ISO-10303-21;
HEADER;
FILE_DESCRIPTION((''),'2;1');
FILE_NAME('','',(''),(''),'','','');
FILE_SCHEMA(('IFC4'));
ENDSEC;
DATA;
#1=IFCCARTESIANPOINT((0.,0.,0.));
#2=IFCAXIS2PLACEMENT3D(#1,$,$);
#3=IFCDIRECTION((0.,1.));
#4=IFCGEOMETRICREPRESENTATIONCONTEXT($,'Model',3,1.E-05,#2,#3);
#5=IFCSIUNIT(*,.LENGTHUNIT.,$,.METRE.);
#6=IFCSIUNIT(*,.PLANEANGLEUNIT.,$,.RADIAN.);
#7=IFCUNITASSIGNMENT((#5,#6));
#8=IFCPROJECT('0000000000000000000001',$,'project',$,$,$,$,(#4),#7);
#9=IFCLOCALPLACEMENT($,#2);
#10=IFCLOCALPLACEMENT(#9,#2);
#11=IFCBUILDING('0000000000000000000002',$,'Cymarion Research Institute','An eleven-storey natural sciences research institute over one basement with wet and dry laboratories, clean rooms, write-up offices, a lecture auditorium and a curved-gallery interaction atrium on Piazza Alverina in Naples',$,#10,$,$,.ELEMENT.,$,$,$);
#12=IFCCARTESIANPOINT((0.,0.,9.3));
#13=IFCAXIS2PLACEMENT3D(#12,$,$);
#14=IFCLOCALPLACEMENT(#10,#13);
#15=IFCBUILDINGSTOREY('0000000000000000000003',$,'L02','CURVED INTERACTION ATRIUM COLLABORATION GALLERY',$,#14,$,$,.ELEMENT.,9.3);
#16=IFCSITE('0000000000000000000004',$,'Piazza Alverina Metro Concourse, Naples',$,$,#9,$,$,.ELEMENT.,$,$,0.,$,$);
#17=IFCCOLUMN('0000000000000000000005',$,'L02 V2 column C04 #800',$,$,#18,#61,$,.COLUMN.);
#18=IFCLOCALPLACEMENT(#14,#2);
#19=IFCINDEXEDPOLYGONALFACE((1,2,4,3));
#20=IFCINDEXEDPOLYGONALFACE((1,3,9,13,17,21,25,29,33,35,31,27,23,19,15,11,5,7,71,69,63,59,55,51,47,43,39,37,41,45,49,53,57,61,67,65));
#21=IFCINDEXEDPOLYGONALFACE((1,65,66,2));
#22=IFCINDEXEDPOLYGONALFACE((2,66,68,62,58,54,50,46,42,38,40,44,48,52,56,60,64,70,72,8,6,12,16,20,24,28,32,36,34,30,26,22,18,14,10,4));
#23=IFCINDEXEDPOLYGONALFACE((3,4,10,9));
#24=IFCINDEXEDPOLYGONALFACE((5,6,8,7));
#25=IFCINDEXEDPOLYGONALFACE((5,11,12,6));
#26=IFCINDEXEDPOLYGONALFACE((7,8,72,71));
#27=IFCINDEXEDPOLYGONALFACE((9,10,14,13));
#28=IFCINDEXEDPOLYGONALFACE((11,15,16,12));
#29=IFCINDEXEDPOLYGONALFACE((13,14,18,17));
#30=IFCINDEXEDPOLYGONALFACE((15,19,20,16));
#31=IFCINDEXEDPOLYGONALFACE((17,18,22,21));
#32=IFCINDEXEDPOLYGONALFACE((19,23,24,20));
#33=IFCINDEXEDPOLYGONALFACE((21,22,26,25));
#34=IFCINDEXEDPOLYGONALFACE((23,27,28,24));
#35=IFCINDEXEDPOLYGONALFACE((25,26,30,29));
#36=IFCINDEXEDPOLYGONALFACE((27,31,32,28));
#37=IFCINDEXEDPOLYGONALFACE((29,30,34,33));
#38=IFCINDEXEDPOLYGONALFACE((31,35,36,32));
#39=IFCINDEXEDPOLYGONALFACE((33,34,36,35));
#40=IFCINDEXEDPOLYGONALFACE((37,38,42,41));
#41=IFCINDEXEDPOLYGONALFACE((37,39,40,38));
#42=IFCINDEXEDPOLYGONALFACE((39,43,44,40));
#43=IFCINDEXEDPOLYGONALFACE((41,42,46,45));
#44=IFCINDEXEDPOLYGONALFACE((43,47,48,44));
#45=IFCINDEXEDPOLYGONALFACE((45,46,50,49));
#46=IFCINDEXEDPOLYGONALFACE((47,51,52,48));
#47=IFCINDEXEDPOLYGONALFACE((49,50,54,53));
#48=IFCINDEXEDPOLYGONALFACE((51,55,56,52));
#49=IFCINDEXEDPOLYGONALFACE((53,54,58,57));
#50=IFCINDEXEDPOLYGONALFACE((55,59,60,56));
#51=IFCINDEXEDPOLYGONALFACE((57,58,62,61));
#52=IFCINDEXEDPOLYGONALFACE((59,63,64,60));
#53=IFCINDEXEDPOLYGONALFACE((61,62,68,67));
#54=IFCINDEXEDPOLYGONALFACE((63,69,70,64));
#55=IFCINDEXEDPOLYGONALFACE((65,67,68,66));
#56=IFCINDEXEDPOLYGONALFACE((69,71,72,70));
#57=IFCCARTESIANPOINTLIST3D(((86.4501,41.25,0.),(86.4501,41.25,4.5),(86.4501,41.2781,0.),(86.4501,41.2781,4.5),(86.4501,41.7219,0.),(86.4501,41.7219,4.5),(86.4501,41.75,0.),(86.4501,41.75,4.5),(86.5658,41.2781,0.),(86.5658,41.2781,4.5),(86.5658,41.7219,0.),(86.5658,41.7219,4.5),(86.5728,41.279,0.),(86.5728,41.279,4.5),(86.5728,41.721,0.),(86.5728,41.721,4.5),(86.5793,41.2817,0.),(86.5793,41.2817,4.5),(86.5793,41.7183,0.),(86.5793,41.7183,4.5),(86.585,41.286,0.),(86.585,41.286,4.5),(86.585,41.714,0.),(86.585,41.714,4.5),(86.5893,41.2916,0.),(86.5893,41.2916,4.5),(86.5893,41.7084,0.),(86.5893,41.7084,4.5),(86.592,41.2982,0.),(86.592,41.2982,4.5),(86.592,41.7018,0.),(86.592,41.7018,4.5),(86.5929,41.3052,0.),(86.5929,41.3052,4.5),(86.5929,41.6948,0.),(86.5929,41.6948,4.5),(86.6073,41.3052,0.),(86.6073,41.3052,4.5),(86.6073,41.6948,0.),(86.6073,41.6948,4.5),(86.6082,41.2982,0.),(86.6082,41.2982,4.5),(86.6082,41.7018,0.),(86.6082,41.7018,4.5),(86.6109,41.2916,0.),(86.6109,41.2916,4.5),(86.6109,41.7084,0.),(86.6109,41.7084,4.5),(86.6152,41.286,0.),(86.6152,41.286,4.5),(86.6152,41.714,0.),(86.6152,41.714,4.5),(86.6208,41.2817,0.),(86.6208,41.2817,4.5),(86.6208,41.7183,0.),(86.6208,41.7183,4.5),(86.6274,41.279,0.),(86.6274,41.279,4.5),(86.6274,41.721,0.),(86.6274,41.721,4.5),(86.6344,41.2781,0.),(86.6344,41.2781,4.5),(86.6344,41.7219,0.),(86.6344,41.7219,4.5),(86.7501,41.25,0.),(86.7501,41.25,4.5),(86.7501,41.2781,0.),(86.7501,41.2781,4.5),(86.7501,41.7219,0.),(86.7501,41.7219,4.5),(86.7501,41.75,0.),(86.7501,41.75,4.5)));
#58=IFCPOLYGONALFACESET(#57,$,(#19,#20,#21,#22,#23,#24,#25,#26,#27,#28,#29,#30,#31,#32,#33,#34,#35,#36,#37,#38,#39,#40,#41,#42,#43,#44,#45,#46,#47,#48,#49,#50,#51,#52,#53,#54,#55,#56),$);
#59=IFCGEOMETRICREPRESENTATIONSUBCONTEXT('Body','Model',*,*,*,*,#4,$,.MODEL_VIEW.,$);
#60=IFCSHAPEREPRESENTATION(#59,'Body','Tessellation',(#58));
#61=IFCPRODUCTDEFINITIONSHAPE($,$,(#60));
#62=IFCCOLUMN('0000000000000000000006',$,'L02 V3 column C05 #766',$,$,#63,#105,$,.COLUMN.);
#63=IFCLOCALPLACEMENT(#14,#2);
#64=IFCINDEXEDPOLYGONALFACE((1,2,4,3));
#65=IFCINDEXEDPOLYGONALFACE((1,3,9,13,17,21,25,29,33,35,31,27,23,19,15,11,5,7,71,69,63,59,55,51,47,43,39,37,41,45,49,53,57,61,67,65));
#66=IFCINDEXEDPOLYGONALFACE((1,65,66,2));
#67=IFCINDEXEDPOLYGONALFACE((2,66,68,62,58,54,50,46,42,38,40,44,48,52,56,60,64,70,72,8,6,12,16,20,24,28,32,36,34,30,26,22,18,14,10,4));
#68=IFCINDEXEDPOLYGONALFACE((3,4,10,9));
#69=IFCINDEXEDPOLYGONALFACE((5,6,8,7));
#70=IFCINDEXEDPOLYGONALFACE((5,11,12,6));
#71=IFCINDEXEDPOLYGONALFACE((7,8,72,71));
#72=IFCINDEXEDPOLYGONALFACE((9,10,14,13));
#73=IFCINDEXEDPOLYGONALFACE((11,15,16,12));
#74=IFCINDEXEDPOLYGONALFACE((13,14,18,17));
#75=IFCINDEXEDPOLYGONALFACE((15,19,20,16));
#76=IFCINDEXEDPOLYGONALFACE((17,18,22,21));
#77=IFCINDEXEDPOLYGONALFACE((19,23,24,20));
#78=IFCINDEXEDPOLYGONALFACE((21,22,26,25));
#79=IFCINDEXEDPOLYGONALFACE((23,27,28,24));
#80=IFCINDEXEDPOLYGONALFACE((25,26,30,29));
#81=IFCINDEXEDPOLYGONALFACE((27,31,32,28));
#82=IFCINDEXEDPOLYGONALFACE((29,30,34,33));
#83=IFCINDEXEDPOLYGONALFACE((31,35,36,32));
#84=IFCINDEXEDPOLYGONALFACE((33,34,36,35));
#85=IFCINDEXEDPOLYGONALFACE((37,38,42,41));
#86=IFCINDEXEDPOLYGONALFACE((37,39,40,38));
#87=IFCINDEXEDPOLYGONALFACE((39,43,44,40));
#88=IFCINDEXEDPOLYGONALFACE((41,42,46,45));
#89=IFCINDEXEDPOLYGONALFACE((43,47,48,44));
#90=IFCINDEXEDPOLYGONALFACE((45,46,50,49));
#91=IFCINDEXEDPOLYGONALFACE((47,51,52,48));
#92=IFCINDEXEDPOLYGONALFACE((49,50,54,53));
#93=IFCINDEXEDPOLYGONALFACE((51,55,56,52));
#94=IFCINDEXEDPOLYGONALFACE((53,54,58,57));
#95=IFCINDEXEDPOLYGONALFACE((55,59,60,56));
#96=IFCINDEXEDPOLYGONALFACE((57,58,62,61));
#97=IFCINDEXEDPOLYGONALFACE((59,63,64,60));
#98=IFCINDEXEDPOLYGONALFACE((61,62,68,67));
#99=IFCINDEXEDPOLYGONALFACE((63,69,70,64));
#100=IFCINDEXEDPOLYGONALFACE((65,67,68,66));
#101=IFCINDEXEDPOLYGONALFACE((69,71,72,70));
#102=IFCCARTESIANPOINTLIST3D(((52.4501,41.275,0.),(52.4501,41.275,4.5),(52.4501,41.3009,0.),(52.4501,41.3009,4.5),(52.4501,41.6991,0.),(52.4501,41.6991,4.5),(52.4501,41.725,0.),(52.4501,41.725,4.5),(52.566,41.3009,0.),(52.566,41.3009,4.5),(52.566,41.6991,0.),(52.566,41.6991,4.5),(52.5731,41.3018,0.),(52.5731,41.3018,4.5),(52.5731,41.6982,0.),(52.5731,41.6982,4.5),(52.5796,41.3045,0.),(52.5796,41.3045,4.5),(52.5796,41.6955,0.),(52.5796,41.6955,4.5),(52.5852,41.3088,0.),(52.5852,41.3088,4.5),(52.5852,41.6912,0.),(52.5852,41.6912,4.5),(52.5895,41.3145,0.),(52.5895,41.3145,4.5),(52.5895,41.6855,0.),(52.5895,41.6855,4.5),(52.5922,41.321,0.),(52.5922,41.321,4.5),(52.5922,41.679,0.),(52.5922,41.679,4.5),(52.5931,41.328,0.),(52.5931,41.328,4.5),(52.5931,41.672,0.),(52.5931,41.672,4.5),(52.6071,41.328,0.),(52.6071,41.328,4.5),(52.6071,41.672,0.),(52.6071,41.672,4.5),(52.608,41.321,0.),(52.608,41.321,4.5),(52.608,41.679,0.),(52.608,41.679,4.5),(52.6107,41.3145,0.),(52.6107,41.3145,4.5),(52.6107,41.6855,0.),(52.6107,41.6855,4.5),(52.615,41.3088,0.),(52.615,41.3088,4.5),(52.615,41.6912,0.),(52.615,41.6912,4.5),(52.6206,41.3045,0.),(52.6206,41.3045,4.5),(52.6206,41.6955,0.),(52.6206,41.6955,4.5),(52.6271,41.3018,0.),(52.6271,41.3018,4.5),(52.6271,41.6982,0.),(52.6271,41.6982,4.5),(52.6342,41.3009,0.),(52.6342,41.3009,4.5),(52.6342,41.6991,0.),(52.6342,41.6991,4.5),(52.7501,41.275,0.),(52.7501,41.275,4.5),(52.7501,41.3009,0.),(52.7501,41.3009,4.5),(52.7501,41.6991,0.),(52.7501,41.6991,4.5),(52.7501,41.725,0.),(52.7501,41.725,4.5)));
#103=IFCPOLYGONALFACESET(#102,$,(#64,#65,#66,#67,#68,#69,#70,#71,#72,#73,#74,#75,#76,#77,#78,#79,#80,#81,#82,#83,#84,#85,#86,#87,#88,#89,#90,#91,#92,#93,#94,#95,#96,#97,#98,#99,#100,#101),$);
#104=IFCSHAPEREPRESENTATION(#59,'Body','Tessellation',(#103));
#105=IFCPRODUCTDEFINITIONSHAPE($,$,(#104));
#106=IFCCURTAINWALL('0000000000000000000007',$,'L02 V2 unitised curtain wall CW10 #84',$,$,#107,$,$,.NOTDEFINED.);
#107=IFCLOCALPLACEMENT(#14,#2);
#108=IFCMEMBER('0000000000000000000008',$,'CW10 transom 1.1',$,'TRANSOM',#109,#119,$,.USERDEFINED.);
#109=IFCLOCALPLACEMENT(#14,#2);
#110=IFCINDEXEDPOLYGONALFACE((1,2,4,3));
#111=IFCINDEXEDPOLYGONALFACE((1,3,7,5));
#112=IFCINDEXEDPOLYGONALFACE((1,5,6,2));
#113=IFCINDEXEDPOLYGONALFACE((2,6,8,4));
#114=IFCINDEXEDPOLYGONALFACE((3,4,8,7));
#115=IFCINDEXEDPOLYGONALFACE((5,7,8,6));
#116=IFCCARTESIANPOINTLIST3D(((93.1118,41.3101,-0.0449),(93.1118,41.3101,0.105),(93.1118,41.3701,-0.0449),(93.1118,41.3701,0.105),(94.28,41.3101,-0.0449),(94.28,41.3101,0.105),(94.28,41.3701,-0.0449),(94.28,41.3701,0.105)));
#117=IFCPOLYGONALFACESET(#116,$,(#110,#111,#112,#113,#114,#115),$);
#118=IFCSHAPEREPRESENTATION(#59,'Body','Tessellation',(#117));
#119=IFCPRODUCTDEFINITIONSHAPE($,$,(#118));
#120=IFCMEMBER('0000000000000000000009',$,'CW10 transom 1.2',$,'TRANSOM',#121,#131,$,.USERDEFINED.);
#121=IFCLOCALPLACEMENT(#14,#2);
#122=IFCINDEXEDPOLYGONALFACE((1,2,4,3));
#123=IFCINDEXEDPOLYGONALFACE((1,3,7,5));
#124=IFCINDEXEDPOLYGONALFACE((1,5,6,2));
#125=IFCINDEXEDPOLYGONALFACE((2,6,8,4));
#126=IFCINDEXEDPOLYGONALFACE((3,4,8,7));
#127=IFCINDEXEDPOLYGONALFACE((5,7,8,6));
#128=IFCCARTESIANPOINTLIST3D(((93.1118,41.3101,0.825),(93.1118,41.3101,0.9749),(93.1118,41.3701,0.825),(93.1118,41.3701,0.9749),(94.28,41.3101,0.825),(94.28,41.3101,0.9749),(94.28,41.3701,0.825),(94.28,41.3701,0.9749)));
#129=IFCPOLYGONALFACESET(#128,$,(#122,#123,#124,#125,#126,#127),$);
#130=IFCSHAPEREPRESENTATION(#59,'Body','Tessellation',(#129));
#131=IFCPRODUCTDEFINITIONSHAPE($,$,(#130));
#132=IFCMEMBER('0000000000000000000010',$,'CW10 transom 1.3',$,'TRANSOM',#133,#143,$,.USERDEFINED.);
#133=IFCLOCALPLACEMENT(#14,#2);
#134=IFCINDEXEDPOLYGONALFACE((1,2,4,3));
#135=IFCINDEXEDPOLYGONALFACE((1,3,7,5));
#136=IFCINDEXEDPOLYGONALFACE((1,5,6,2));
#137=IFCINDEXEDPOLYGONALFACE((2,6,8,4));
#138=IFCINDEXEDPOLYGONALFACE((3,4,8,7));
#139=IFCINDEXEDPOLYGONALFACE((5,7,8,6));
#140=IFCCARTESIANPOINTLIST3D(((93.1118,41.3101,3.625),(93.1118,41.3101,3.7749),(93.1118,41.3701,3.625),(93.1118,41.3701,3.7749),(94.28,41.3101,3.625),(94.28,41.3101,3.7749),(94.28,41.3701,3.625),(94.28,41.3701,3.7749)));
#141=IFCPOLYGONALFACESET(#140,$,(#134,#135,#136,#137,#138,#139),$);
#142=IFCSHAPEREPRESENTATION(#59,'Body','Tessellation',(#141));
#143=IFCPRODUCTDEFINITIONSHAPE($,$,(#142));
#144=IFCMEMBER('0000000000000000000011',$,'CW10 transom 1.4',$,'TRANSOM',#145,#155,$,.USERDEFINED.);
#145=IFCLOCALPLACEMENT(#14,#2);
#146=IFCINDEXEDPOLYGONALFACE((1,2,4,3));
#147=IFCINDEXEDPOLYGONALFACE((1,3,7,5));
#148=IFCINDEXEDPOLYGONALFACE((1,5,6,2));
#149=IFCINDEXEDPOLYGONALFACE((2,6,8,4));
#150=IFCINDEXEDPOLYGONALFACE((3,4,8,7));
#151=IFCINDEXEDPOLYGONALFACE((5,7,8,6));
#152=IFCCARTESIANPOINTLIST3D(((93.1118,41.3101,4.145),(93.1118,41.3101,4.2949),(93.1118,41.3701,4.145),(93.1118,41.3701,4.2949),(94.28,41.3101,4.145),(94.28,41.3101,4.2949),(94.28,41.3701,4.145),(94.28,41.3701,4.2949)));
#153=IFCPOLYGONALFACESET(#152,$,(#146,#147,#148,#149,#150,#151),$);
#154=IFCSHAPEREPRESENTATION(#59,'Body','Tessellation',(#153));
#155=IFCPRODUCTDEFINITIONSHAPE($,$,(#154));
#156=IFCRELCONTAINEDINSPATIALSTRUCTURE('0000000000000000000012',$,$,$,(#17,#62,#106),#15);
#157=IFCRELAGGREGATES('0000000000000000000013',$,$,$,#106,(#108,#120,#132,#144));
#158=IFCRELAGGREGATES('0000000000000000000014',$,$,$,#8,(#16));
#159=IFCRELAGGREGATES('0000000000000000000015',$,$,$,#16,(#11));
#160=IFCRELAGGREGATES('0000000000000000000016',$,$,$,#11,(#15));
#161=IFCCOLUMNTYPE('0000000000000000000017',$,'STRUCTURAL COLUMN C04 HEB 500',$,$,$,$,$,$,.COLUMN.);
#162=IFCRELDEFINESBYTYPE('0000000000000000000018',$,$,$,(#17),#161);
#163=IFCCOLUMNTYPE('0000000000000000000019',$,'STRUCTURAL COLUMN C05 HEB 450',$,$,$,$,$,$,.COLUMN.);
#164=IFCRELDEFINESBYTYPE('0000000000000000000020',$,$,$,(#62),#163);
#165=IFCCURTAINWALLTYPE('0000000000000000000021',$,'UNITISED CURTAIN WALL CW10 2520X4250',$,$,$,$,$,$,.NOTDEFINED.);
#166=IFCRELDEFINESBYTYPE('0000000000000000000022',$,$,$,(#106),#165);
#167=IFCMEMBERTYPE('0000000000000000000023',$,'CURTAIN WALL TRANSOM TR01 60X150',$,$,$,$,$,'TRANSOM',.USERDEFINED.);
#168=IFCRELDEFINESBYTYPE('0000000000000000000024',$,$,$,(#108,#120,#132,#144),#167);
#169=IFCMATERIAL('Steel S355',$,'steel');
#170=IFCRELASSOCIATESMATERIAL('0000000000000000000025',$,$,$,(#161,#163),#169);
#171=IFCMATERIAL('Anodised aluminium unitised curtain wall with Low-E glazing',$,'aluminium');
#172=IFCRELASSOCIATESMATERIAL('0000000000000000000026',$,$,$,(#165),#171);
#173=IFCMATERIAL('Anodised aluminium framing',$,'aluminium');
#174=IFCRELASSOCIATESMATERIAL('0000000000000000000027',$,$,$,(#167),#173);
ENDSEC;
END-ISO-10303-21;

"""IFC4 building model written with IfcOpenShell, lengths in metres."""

from ifc_helpers import new_model, si_unit, direction, frame, origin, origin_2d, place, context, subcontext, project, spatial, rectangle, i_section, extrude, material, material_profile, profile_set, type_object, element, aggregate, save


model = new_model("IFC4")

# Units and contexts
model_context = context("Model", 3, precision=1e-05, world=origin(), true_north=direction((0.0, 1.0)))
body_context = subcontext(model_context, "Body", "Model", "MODEL_VIEW")
ifc_project = project(units=[si_unit("LENGTHUNIT", "METRE"), si_unit("PLANEANGLEUNIT", "RADIAN")], contexts=[model_context])

# Site, building, storey
site_placement = place(None, origin())
site = spatial("IfcSite", under=ifc_project, at=site_placement, Name="Piazza Alverina Metro Concourse, Naples", CompositionType="ELEMENT", RefElevation=0.0)
building_placement = place(site_placement, origin())
building = spatial("IfcBuilding", under=site, at=building_placement, Name="Cymarion Research Institute", Description="An eleven-storey natural sciences research institute over one basement with wet and dry laboratories, clean rooms, write-up offices, a lecture auditorium and a curved-gallery interaction atrium on Piazza Alverina in Naples", CompositionType="ELEMENT")
storey_placement = place(building_placement, frame((0.0, 0.0, 9.3)))
storey = spatial("IfcBuildingStorey", under=building, at=storey_placement, Name="L02", Description="CURVED INTERACTION ATRIUM COLLABORATION GALLERY", CompositionType="ELEMENT", Elevation=9.3)

# Columns
ifc_material_1 = material(Name="Steel S355", Category="steel")
ifc_material_profile_1 = material_profile(ifc_material_1, i_section(OverallWidth=0.3, OverallDepth=0.5, WebThickness=0.0144, FlangeThickness=0.0281, FilletRadius=0.0271, at=origin_2d()), Name="HEB 500")
ifc_profile_set_1 = profile_set([ifc_material_profile_1], Name="Steel S355")
column_type_1 = type_object("IfcColumnType", Name="STRUCTURAL COLUMN C04 HEB 500", PredefinedType="COLUMN", material=ifc_profile_set_1)
for number, where, z_axis, x_axis, name in (
    (1, (86.6001, 41.5, 0.0), (0.0, 0.0, 1.0), (1.0, 0.0, 0.0), "L02 V2 column C04 #800"),
):
    element("IfcColumn", number, at=place(storey_placement, frame(where, z_axis=z_axis, x_axis=x_axis)), inside=storey, type_object=column_type_1, Name=name, PredefinedType="COLUMN", context=body_context, shape_type="SweptSolid", body=[
        extrude(i_section(OverallWidth=0.3, OverallDepth=0.5, WebThickness=0.0144, FlangeThickness=0.0281, FilletRadius=0.0271, at=origin_2d()), origin(), (0.0, 0.0, 1.0), 4.5),
    ])
ifc_material_profile_2 = material_profile(ifc_material_1, i_section(OverallWidth=0.3, OverallDepth=0.45, WebThickness=0.0139, FlangeThickness=0.0259, FilletRadius=0.0271, at=origin_2d()), Name="HEB 450")
ifc_profile_set_2 = profile_set([ifc_material_profile_2], Name="Steel S355")
column_type_2 = type_object("IfcColumnType", Name="STRUCTURAL COLUMN C05 HEB 450", PredefinedType="COLUMN", material=ifc_profile_set_2)
column_placement = place(storey_placement, frame((52.6001, 41.5, 0.0), z_axis=(0.0, 0.0, 1.0), x_axis=(1.0, 0.0, 0.0)))
element("IfcColumn", 2, at=column_placement, inside=storey, type_object=column_type_2, Name="L02 V3 column C05 #766", PredefinedType="COLUMN", context=body_context, shape_type="SweptSolid", body=[
    extrude(i_section(OverallWidth=0.3, OverallDepth=0.45, WebThickness=0.0139, FlangeThickness=0.0259, FilletRadius=0.0271, at=origin_2d()), origin(), (0.0, 0.0, 1.0), 4.5),
])

# Curtain wall, members
ifc_material_2 = material(Name="Anodised aluminium unitised curtain wall with Low-E glazing", Category="aluminium")
curtain_wall_type = type_object("IfcCurtainWallType", Name="UNITISED CURTAIN WALL CW10 2520X4250", PredefinedType="NOTDEFINED", material=ifc_material_2)
curtain_wall_placement = place(storey_placement, origin())
curtain_wall = element("IfcCurtainWall", 3, at=curtain_wall_placement, inside=storey, type_object=curtain_wall_type, Name="L02 V2 unitised curtain wall CW10 #84", PredefinedType="NOTDEFINED")
ifc_material_3 = material(Name="Anodised aluminium framing", Category="aluminium")
ifc_material_profile_3 = material_profile(ifc_material_3, rectangle(XDim=0.0601, YDim=0.1499, at=origin_2d()), Name="ALU TRANSOM 60x150")
ifc_profile_set_3 = profile_set([ifc_material_profile_3], Name="Anodised aluminium framing")
member_type_1 = type_object("IfcMemberType", Name="CURTAIN WALL TRANSOM TR01 60X150", ElementType="TRANSOM", PredefinedType="USERDEFINED", material=ifc_profile_set_3)
member_1_placement = place(storey_placement, frame((94.28, 41.3401, 0.03), z_axis=(-1.0, 0.0, 0.0), x_axis=(0.0, -1.0, 0.0)))
member_1 = element("IfcMember", 4, at=member_1_placement, type_object=member_type_1, Name="CW10 transom 1.1", ObjectType="TRANSOM", PredefinedType="USERDEFINED", context=body_context, shape_type="SweptSolid", body=[
    extrude(rectangle(XDim=0.0601, YDim=0.1499, at=origin_2d()), origin(), (0.0, 0.0, 1.0), 1.1682),
])
member_2_placement = place(storey_placement, frame((94.28, 41.3401, 0.8999), z_axis=(-1.0, 0.0, 0.0), x_axis=(0.0, -1.0, 0.0)))
member_2 = element("IfcMember", 5, at=member_2_placement, type_object=member_type_1, Name="CW10 transom 1.2", ObjectType="TRANSOM", PredefinedType="USERDEFINED", context=body_context, shape_type="SweptSolid", body=[
    extrude(rectangle(XDim=0.0601, YDim=0.1499, at=origin_2d()), origin(), (0.0, 0.0, 1.0), 1.1682),
])
member_3_placement = place(storey_placement, frame((94.28, 41.3401, 3.7), z_axis=(-1.0, 0.0, 0.0), x_axis=(0.0, -1.0, 0.0)))
member_3 = element("IfcMember", 6, at=member_3_placement, type_object=member_type_1, Name="CW10 transom 1.3", ObjectType="TRANSOM", PredefinedType="USERDEFINED", context=body_context, shape_type="SweptSolid", body=[
    extrude(rectangle(XDim=0.0601, YDim=0.1499, at=origin_2d()), origin(), (0.0, 0.0, 1.0), 1.1682),
])
member_4_placement = place(storey_placement, frame((94.28, 41.3401, 4.22), z_axis=(-1.0, 0.0, 0.0), x_axis=(0.0, -1.0, 0.0)))
member_4 = element("IfcMember", 7, at=member_4_placement, type_object=member_type_1, Name="CW10 transom 1.4", ObjectType="TRANSOM", PredefinedType="USERDEFINED", context=body_context, shape_type="SweptSolid", body=[
    extrude(rectangle(XDim=0.0601, YDim=0.1499, at=origin_2d()), origin(), (0.0, 0.0, 1.0), 1.1682),
])
aggregate(curtain_wall, [member_1, member_2, member_3, member_4])

save(model, "model.ifc")
